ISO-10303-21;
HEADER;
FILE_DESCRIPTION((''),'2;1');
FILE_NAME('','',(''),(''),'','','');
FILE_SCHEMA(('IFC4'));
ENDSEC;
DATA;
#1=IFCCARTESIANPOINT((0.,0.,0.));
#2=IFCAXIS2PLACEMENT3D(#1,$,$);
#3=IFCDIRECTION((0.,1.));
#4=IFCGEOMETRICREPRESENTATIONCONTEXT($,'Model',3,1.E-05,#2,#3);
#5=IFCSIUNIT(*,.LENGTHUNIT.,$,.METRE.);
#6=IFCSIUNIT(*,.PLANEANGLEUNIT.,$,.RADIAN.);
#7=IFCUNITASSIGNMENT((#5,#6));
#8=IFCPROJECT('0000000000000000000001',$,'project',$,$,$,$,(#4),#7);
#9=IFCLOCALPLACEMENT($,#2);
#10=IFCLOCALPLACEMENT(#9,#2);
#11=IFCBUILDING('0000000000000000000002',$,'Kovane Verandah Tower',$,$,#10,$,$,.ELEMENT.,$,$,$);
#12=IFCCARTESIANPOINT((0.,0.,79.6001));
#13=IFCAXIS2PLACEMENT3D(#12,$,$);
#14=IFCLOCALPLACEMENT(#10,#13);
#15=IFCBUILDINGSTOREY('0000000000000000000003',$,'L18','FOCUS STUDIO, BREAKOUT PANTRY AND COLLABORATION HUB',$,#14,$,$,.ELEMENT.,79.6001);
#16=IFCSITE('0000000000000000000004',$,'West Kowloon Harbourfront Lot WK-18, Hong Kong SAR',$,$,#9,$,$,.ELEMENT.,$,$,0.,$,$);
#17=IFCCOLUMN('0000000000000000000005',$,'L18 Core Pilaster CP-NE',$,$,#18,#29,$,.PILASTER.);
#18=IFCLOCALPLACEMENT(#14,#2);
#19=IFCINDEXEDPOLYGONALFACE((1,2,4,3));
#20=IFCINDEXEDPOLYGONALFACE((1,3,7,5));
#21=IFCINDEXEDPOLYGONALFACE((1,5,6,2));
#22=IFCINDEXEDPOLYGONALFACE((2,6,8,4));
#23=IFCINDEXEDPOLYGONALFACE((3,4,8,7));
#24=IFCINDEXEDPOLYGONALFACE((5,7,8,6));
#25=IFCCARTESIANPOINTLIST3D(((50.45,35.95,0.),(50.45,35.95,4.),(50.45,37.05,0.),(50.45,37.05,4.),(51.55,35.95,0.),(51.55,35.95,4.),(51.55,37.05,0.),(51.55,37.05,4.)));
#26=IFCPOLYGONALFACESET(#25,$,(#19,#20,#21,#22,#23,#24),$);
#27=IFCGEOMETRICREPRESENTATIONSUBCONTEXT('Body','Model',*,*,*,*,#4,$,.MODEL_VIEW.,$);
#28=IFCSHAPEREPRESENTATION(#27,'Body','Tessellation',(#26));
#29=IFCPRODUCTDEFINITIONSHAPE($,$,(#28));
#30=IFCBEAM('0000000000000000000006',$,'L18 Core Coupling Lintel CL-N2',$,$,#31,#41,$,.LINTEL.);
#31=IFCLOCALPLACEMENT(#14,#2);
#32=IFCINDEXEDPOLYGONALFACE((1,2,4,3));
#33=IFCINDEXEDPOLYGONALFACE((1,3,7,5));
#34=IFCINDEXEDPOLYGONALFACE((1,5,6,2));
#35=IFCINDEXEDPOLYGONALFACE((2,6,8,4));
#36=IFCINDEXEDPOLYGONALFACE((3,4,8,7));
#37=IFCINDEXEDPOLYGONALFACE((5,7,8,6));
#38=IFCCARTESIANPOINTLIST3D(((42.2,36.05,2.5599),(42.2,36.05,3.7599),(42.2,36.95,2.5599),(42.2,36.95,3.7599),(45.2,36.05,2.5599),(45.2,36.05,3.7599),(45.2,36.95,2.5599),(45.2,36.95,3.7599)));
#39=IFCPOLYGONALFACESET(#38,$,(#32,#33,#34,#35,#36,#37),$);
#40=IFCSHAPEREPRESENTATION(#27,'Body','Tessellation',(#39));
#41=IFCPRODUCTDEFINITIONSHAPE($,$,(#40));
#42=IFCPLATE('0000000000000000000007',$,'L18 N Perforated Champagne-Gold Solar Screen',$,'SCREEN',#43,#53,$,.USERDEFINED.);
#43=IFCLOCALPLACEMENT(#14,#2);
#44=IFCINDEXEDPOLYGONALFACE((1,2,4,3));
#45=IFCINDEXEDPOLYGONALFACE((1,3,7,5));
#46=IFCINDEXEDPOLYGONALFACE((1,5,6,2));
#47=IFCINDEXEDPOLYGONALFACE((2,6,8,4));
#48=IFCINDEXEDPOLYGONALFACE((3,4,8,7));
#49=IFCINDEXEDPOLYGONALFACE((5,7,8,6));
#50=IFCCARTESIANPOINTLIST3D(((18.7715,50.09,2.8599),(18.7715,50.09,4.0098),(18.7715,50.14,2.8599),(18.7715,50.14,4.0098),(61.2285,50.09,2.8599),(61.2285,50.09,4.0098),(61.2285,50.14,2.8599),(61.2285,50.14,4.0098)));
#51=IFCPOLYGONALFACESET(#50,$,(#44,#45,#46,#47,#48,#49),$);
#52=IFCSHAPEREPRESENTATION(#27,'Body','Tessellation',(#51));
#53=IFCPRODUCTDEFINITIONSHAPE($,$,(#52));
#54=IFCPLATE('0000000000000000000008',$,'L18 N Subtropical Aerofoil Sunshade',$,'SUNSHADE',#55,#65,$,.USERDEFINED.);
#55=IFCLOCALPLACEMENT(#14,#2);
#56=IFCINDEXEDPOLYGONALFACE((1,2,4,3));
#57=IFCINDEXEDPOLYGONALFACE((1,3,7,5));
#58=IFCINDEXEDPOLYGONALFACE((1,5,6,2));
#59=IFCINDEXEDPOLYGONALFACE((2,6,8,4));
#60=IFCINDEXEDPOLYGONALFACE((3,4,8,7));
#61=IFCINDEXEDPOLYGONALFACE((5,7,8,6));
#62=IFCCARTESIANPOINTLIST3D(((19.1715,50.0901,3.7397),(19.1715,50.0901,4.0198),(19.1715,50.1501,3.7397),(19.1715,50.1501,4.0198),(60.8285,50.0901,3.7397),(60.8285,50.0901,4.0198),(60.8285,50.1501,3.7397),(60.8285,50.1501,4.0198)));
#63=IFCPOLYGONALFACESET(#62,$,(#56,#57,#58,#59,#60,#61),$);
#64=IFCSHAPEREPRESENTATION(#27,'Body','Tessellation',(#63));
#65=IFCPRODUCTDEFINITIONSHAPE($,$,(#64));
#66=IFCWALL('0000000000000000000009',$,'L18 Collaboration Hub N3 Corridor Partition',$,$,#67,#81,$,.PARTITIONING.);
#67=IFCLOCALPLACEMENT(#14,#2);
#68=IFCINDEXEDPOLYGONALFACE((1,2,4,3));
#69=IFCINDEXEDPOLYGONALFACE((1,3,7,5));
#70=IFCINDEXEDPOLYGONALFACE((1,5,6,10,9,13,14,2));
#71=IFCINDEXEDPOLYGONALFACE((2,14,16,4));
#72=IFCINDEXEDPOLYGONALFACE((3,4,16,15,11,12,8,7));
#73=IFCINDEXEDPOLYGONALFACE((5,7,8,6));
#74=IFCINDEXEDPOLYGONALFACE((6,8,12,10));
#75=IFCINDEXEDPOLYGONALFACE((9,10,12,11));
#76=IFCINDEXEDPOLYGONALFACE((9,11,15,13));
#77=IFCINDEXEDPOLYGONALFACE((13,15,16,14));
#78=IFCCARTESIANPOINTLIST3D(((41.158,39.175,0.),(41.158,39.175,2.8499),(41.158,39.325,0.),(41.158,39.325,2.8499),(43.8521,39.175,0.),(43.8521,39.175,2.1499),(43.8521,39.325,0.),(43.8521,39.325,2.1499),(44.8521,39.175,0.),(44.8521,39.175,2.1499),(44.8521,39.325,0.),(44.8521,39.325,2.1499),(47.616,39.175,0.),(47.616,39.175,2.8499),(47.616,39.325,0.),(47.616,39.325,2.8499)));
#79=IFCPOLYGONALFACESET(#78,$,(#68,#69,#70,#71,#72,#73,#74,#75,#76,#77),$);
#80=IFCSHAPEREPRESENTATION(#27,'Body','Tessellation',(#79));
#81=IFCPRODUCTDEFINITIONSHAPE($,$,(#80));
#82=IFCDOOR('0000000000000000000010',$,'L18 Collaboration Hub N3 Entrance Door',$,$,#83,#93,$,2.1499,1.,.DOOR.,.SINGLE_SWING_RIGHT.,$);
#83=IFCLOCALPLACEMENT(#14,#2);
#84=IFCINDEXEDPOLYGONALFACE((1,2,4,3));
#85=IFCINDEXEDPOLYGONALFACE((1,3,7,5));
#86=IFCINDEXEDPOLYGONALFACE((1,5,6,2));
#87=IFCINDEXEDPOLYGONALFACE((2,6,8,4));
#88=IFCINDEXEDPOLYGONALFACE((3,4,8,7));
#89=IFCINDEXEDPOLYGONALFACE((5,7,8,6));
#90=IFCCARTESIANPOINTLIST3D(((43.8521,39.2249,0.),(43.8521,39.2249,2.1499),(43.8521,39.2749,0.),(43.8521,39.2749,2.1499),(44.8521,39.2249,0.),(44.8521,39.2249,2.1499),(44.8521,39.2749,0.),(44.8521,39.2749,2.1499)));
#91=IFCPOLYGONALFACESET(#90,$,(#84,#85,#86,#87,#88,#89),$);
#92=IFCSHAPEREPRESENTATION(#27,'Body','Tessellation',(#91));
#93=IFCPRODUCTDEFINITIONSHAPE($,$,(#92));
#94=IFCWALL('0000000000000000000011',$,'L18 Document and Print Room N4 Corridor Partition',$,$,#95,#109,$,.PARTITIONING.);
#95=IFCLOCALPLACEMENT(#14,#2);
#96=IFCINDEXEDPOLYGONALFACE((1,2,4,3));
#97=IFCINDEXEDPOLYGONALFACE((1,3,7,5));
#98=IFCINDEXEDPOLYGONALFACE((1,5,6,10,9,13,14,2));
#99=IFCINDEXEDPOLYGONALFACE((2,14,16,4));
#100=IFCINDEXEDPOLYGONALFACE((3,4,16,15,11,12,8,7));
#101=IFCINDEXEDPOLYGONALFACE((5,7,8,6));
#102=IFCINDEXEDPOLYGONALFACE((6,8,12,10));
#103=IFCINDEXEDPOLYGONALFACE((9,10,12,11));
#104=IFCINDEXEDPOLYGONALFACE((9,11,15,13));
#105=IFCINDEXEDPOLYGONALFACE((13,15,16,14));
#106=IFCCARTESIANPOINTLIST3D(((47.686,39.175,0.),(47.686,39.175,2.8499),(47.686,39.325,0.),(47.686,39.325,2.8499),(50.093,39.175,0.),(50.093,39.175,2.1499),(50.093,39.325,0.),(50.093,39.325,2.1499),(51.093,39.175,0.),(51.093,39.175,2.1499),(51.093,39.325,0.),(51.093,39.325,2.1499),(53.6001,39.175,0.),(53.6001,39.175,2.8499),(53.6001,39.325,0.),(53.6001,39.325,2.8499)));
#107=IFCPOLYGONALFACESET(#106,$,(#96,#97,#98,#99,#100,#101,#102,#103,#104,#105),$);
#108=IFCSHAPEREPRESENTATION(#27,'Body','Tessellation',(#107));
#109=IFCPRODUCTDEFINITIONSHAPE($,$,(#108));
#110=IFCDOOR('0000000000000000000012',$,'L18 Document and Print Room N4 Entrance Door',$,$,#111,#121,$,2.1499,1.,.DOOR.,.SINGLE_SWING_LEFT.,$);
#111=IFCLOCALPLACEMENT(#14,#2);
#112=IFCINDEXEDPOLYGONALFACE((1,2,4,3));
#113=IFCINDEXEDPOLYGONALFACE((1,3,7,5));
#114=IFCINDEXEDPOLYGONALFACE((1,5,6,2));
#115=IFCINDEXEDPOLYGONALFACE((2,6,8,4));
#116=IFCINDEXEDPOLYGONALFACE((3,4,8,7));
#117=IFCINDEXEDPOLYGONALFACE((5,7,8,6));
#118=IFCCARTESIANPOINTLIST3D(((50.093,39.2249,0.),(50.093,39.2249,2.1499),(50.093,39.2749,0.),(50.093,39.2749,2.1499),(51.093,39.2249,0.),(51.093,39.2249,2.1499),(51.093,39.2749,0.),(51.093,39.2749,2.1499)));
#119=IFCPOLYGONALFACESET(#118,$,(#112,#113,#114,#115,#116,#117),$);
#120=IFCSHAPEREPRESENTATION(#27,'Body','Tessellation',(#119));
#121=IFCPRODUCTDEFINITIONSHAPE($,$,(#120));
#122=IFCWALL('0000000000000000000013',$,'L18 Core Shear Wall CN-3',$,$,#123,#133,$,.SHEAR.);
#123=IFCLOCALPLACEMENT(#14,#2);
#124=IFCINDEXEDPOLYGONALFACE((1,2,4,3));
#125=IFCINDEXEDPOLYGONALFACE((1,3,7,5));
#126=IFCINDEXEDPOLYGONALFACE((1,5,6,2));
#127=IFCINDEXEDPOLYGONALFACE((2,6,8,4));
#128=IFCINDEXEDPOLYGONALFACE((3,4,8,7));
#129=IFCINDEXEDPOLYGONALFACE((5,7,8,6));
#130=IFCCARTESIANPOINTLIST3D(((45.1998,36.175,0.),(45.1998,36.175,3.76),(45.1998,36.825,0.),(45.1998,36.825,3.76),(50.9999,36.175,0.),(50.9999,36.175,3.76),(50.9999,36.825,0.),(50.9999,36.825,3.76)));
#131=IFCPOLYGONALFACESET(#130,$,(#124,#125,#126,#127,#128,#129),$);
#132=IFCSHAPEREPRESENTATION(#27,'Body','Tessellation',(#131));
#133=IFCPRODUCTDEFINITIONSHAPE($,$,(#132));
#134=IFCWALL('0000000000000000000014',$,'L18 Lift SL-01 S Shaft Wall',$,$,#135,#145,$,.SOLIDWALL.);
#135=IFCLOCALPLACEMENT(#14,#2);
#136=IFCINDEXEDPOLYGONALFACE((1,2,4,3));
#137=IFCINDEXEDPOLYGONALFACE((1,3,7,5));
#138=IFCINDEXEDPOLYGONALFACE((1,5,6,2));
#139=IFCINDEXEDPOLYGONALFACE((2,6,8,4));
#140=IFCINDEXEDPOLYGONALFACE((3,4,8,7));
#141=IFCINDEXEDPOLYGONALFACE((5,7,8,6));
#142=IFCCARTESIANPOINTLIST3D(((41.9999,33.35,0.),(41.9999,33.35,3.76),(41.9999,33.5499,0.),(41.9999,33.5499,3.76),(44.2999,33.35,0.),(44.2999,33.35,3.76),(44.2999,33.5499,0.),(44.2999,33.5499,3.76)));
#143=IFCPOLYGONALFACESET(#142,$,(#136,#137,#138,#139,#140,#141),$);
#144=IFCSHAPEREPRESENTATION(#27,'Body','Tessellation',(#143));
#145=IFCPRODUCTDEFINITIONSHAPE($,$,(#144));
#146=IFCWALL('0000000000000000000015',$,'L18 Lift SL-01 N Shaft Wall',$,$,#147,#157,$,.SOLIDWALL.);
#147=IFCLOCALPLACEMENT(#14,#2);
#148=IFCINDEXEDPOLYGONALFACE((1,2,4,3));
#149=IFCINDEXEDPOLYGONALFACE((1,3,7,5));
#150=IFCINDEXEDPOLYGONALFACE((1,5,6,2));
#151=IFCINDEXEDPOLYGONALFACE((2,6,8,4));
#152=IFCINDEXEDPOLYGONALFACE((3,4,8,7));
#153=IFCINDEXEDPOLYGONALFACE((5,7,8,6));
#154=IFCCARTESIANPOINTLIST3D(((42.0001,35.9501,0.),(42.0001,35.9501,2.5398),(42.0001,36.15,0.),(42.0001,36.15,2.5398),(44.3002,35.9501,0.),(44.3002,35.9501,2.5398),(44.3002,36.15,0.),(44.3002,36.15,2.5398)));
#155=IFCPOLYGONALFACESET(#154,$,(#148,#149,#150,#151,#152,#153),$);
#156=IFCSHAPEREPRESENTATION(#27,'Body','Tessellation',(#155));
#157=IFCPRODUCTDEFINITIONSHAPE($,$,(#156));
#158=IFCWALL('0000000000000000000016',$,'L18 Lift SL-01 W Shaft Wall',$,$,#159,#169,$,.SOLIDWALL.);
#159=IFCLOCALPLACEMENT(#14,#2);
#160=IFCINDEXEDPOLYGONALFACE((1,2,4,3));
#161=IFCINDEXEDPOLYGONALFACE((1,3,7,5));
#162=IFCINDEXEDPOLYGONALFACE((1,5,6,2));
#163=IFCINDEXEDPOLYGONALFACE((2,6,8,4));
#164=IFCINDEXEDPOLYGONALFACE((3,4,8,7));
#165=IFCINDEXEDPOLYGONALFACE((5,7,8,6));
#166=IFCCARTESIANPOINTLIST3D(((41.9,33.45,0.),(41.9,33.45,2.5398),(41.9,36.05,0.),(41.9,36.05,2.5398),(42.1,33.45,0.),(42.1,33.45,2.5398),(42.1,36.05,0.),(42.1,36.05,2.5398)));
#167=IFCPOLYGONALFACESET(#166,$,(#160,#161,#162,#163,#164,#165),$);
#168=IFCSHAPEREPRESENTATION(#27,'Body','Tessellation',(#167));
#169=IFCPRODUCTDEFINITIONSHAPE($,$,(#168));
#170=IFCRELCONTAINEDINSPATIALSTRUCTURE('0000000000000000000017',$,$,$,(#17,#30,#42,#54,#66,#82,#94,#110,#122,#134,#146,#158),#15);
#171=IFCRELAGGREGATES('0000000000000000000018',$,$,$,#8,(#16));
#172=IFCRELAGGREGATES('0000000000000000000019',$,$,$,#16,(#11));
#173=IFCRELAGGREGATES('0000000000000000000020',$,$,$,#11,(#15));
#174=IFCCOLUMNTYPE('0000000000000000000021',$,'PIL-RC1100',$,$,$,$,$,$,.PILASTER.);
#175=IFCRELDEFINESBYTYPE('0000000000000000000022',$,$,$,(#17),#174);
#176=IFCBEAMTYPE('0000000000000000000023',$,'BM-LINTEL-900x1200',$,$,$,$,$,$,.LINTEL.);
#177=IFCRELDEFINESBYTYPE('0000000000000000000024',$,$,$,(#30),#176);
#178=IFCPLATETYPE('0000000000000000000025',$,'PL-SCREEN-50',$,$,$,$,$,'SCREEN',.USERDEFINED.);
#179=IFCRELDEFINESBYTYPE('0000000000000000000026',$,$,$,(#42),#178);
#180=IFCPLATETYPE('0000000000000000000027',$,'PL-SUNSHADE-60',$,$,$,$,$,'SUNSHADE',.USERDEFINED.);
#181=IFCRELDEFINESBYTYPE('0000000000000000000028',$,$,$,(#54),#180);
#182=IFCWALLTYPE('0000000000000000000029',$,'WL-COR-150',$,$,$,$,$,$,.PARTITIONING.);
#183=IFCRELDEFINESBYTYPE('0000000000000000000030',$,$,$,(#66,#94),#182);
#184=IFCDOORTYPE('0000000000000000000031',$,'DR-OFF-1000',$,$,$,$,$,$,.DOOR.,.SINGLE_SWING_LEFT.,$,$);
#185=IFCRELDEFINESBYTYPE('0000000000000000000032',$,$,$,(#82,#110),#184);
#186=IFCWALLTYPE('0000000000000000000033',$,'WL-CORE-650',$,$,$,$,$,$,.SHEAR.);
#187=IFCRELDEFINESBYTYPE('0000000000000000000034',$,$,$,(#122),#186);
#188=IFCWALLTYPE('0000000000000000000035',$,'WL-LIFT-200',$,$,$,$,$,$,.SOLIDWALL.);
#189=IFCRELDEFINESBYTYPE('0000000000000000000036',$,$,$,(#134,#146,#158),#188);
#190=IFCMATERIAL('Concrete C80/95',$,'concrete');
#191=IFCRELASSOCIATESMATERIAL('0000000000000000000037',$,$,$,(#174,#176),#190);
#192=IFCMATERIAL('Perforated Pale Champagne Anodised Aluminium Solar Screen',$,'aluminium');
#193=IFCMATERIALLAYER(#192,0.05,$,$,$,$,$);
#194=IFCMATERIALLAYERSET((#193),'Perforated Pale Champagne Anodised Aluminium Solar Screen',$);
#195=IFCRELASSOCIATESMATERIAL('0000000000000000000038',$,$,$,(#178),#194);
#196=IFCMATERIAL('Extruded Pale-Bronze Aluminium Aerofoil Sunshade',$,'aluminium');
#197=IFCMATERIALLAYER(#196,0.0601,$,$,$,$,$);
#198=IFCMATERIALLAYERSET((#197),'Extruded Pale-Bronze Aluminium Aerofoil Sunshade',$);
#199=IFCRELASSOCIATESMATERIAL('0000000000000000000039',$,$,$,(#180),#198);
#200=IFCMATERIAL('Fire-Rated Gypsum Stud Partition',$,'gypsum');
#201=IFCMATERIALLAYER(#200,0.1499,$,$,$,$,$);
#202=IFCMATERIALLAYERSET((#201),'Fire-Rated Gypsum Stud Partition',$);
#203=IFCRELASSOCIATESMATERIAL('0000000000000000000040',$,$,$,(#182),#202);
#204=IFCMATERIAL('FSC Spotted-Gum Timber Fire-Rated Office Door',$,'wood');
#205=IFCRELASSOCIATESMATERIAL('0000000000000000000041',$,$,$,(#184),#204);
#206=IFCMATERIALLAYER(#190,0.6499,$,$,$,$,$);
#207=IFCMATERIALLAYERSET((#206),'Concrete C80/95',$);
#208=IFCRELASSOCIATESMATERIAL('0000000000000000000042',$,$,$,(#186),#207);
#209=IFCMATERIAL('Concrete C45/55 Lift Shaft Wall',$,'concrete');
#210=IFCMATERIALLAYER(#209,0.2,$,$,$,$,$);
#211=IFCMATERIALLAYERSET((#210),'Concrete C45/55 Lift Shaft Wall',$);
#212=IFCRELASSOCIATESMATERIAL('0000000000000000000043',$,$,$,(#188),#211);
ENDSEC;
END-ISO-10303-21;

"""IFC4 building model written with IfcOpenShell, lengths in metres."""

from ifc_helpers import new_model, si_unit, direction, frame, frame_2d, origin, origin_2d, place, context, subcontext, project, spatial, rectangle, extrude, material, layer, layer_set, material_profile, profile_set, type_object, element, fill, save


model = new_model("IFC4")

# Units and contexts
model_context = context("Model", 3, precision=1e-05, world=origin(), true_north=direction((0.0, 1.0)))
body_context = subcontext(model_context, "Body", "Model", "MODEL_VIEW")
ifc_project = project(units=[si_unit("LENGTHUNIT", "METRE"), si_unit("PLANEANGLEUNIT", "RADIAN")], contexts=[model_context])

# Site, building, storey
site_placement = place(None, origin())
site = spatial("IfcSite", under=ifc_project, at=site_placement, Name="West Kowloon Harbourfront Lot WK-18, Hong Kong SAR", CompositionType="ELEMENT", RefElevation=0.0)
building_placement = place(site_placement, origin())
building = spatial("IfcBuilding", under=site, at=building_placement, Name="Kovane Verandah Tower", CompositionType="ELEMENT")
storey_placement = place(building_placement, frame((0.0, 0.0, 79.6001)))
storey = spatial("IfcBuildingStorey", under=building, at=storey_placement, Name="L18", Description="FOCUS STUDIO, BREAKOUT PANTRY AND COLLABORATION HUB", CompositionType="ELEMENT", Elevation=79.6001)

# Column
ifc_material_1 = material(Name="Concrete C80/95", Category="concrete")
ifc_material_profile_1 = material_profile(ifc_material_1, rectangle(XDim=1.1001, YDim=1.1001, at=origin_2d()), Name="RC1100x1100")
ifc_profile_set_1 = profile_set([ifc_material_profile_1], Name="Concrete C80/95")
column_type = type_object("IfcColumnType", Name="PIL-RC1100", PredefinedType="PILASTER", material=ifc_profile_set_1)
column_placement = place(storey_placement, frame((51.0, 36.5, 0.0), z_axis=(0.0, 0.0, 1.0), x_axis=(1.0, 0.0, 0.0)))
element("IfcColumn", 1, at=column_placement, inside=storey, type_object=column_type, Name="L18 Core Pilaster CP-NE", PredefinedType="PILASTER", context=body_context, shape_type="SweptSolid", body=[
    extrude(rectangle(XDim=1.1001, YDim=1.1001, at=origin_2d()), origin(), (0.0, 0.0, 1.0), 4.0),
])

# Beam
ifc_material_profile_2 = material_profile(ifc_material_1, rectangle(XDim=0.8999, YDim=1.2, at=origin_2d()), Name="RCB900x1200")
ifc_profile_set_2 = profile_set([ifc_material_profile_2], Name="Concrete C80/95")
beam_type = type_object("IfcBeamType", Name="BM-LINTEL-900x1200", PredefinedType="LINTEL", material=ifc_profile_set_2)
beam_placement = place(storey_placement, frame((42.2, 36.5, 3.1599), z_axis=(1.0, 0.0, 0.0), x_axis=(0.0, 1.0, 0.0)))
element("IfcBeam", 2, at=beam_placement, inside=storey, type_object=beam_type, Name="L18 Core Coupling Lintel CL-N2", PredefinedType="LINTEL", context=body_context, shape_type="SweptSolid", body=[
    extrude(rectangle(XDim=0.8999, YDim=1.2, at=origin_2d()), origin(), (0.0, 0.0, 1.0), 3.0),
])

# Plates
ifc_material_2 = material(Name="Perforated Pale Champagne Anodised Aluminium Solar Screen", Category="aluminium")
ifc_layer_1 = layer(ifc_material_2, 0.05)
ifc_layer_set_1 = layer_set([ifc_layer_1], Name="Perforated Pale Champagne Anodised Aluminium Solar Screen")
plate_type_1 = type_object("IfcPlateType", Name="PL-SCREEN-50", ElementType="SCREEN", PredefinedType="USERDEFINED", material=ifc_layer_set_1)
plate_1_placement = place(storey_placement, frame((40.0, 50.115, 2.8599), z_axis=(0.0, 0.0, 1.0), x_axis=(-1.0, 0.0, 0.0)))
element("IfcPlate", 3, at=plate_1_placement, inside=storey, type_object=plate_type_1, Name="L18 N Perforated Champagne-Gold Solar Screen", ObjectType="SCREEN", PredefinedType="USERDEFINED", context=body_context, shape_type="SweptSolid", body=[
    extrude(rectangle(XDim=42.457, YDim=0.05, at=origin_2d()), origin(), (0.0, 0.0, 1.0), 1.1499),
])
ifc_material_3 = material(Name="Extruded Pale-Bronze Aluminium Aerofoil Sunshade", Category="aluminium")
ifc_layer_2 = layer(ifc_material_3, 0.0601)
ifc_layer_set_2 = layer_set([ifc_layer_2], Name="Extruded Pale-Bronze Aluminium Aerofoil Sunshade")
plate_type_2 = type_object("IfcPlateType", Name="PL-SUNSHADE-60", ElementType="SUNSHADE", PredefinedType="USERDEFINED", material=ifc_layer_set_2)
plate_2_placement = place(storey_placement, frame((40.0, 50.1201, 3.7397), z_axis=(0.0, 0.0, 1.0), x_axis=(-1.0, 0.0, 0.0)))
element("IfcPlate", 4, at=plate_2_placement, inside=storey, type_object=plate_type_2, Name="L18 N Subtropical Aerofoil Sunshade", ObjectType="SUNSHADE", PredefinedType="USERDEFINED", context=body_context, shape_type="SweptSolid", body=[
    extrude(rectangle(XDim=41.657, YDim=0.0601, at=origin_2d()), origin(), (0.0, 0.0, 1.0), 0.28),
])

# Walls, openings, doors
ifc_material_4 = material(Name="Fire-Rated Gypsum Stud Partition", Category="gypsum")
ifc_layer_3 = layer(ifc_material_4, 0.1499)
ifc_layer_set_3 = layer_set([ifc_layer_3], Name="Fire-Rated Gypsum Stud Partition")
wall_type_1 = type_object("IfcWallType", Name="WL-COR-150", PredefinedType="PARTITIONING", material=ifc_layer_set_3)
wall_1_placement = place(storey_placement, frame((41.158, 39.25, 0.0), z_axis=(0.0, 0.0, 1.0), x_axis=(1.0, 0.0, 0.0)))
wall_1 = element("IfcWall", 5, at=wall_1_placement, inside=storey, type_object=wall_type_1, Name="L18 Collaboration Hub N3 Corridor Partition", PredefinedType="PARTITIONING", context=body_context, shape_type="SweptSolid", body=[
    extrude(rectangle(XDim=6.458, YDim=0.1499, at=frame_2d((3.229, 0.0))), origin(), (0.0, 0.0, 1.0), 2.8499),
])
opening_1_placement = place(wall_1_placement, frame((2.6941, 0.0, 0.0)))
opening_1 = element("IfcOpeningElement", 6, at=opening_1_placement, cuts=wall_1, PredefinedType="OPENING", context=body_context, shape_type="SweptSolid", body=[
    extrude(rectangle(XDim=1.0, YDim=2.1499, at=frame_2d((0.5, 1.075))), frame((0.0, 0.075, 0.0), z_axis=(0.0, -1.0, 0.0), x_axis=(1.0, 0.0, 0.0)), (0.0, 0.0, 1.0), 0.1499),
])
ifc_material_5 = material(Name="FSC Spotted-Gum Timber Fire-Rated Office Door", Category="wood")
door_type = type_object("IfcDoorType", Name="DR-OFF-1000", OperationType="SINGLE_SWING_LEFT", PredefinedType="DOOR", material=ifc_material_5)
door_1_placement = place(opening_1_placement, origin())
door_1 = element("IfcDoor", 7, at=door_1_placement, inside=storey, type_object=door_type, Name="L18 Collaboration Hub N3 Entrance Door", OperationType="SINGLE_SWING_RIGHT", OverallHeight=2.1499, OverallWidth=1.0, PredefinedType="DOOR", context=body_context, shape_type="SweptSolid", body=[
    extrude(rectangle(XDim=1.0, YDim=2.1499, at=frame_2d((0.5, 1.075))), frame((0.0, 0.0249, 0.0), z_axis=(0.0, -1.0, 0.0), x_axis=(1.0, 0.0, 0.0)), (0.0, 0.0, 1.0), 0.05),
])
fill(opening_1, door_1)
wall_2_placement = place(storey_placement, frame((47.686, 39.25, 0.0), z_axis=(0.0, 0.0, 1.0), x_axis=(1.0, 0.0, 0.0)))
wall_2 = element("IfcWall", 8, at=wall_2_placement, inside=storey, type_object=wall_type_1, Name="L18 Document and Print Room N4 Corridor Partition", PredefinedType="PARTITIONING", context=body_context, shape_type="SweptSolid", body=[
    extrude(rectangle(XDim=5.9141, YDim=0.1499, at=frame_2d((2.957, 0.0))), origin(), (0.0, 0.0, 1.0), 2.8499),
])
opening_2_placement = place(wall_2_placement, frame((2.407, 0.0, 0.0)))
opening_2 = element("IfcOpeningElement", 9, at=opening_2_placement, cuts=wall_2, PredefinedType="OPENING", context=body_context, shape_type="SweptSolid", body=[
    extrude(rectangle(XDim=1.0, YDim=2.1499, at=frame_2d((0.5, 1.075))), frame((0.0, 0.075, 0.0), z_axis=(0.0, -1.0, 0.0), x_axis=(1.0, 0.0, 0.0)), (0.0, 0.0, 1.0), 0.1499),
])
door_2_placement = place(opening_2_placement, origin())
door_2 = element("IfcDoor", 10, at=door_2_placement, inside=storey, type_object=door_type, Name="L18 Document and Print Room N4 Entrance Door", OperationType="SINGLE_SWING_LEFT", OverallHeight=2.1499, OverallWidth=1.0, PredefinedType="DOOR", context=body_context, shape_type="SweptSolid", body=[
    extrude(rectangle(XDim=1.0, YDim=2.1499, at=frame_2d((0.5, 1.075))), frame((0.0, 0.0249, 0.0), z_axis=(0.0, -1.0, 0.0), x_axis=(1.0, 0.0, 0.0)), (0.0, 0.0, 1.0), 0.05),
])
fill(opening_2, door_2)

# Walls
ifc_layer_4 = layer(ifc_material_1, 0.6499)
ifc_layer_set_4 = layer_set([ifc_layer_4], Name="Concrete C80/95")
wall_type_2 = type_object("IfcWallType", Name="WL-CORE-650", PredefinedType="SHEAR", material=ifc_layer_set_4)
wall_3_placement = place(storey_placement, frame((45.2, 36.5, 0.0), z_axis=(0.0, 0.0, 1.0), x_axis=(1.0, 0.0, 0.0)))
element("IfcWall", 11, at=wall_3_placement, inside=storey, type_object=wall_type_2, Name="L18 Core Shear Wall CN-3", PredefinedType="SHEAR", context=body_context, shape_type="SweptSolid", body=[
    extrude(rectangle(XDim=5.8, YDim=0.6499, at=frame_2d((2.8999, 0.0))), origin(), (0.0, 0.0, 1.0), 3.76),
])
ifc_material_6 = material(Name="Concrete C45/55 Lift Shaft Wall", Category="concrete")
ifc_layer_5 = layer(ifc_material_6, 0.2)
ifc_layer_set_5 = layer_set([ifc_layer_5], Name="Concrete C45/55 Lift Shaft Wall")
wall_type_3 = type_object("IfcWallType", Name="WL-LIFT-200", PredefinedType="SOLIDWALL", material=ifc_layer_set_5)
wall_4_placement = place(storey_placement, frame((42.0, 33.45, 0.0), z_axis=(0.0, 0.0, 1.0), x_axis=(1.0, 0.0, 0.0)))
element("IfcWall", 12, at=wall_4_placement, inside=storey, type_object=wall_type_3, Name="L18 Lift SL-01 S Shaft Wall", PredefinedType="SOLIDWALL", context=body_context, shape_type="SweptSolid", body=[
    extrude(rectangle(XDim=2.3, YDim=0.2, at=frame_2d((1.1499, 0.0))), origin(), (0.0, 0.0, 1.0), 3.76),
])
wall_5_placement = place(storey_placement, frame((44.3, 36.05, 0.0), z_axis=(0.0, 0.0, 1.0), x_axis=(-1.0, 0.0, 0.0)))
element("IfcWall", 13, at=wall_5_placement, inside=storey, type_object=wall_type_3, Name="L18 Lift SL-01 N Shaft Wall", PredefinedType="SOLIDWALL", context=body_context, shape_type="SweptSolid", body=[
    extrude(rectangle(XDim=2.3, YDim=0.2, at=frame_2d((1.1499, 0.0))), origin(), (0.0, 0.0, 1.0), 2.5398),
])
for number, where, z_axis, x_axis, name in (
    (14, (42.0, 36.05, 0.0), (0.0, 0.0, 1.0), (0.0, -1.0, 0.0), "L18 Lift SL-01 W Shaft Wall"),
):
    element("IfcWall", number, at=place(storey_placement, frame(where, z_axis=z_axis, x_axis=x_axis)), inside=storey, type_object=wall_type_3, Name=name, PredefinedType="SOLIDWALL", context=body_context, shape_type="SweptSolid", body=[
        extrude(rectangle(XDim=2.6001, YDim=0.2, at=frame_2d((1.3, 0.0))), origin(), (0.0, 0.0, 1.0), 2.5398),
    ])

save(model, "model.ifc")
